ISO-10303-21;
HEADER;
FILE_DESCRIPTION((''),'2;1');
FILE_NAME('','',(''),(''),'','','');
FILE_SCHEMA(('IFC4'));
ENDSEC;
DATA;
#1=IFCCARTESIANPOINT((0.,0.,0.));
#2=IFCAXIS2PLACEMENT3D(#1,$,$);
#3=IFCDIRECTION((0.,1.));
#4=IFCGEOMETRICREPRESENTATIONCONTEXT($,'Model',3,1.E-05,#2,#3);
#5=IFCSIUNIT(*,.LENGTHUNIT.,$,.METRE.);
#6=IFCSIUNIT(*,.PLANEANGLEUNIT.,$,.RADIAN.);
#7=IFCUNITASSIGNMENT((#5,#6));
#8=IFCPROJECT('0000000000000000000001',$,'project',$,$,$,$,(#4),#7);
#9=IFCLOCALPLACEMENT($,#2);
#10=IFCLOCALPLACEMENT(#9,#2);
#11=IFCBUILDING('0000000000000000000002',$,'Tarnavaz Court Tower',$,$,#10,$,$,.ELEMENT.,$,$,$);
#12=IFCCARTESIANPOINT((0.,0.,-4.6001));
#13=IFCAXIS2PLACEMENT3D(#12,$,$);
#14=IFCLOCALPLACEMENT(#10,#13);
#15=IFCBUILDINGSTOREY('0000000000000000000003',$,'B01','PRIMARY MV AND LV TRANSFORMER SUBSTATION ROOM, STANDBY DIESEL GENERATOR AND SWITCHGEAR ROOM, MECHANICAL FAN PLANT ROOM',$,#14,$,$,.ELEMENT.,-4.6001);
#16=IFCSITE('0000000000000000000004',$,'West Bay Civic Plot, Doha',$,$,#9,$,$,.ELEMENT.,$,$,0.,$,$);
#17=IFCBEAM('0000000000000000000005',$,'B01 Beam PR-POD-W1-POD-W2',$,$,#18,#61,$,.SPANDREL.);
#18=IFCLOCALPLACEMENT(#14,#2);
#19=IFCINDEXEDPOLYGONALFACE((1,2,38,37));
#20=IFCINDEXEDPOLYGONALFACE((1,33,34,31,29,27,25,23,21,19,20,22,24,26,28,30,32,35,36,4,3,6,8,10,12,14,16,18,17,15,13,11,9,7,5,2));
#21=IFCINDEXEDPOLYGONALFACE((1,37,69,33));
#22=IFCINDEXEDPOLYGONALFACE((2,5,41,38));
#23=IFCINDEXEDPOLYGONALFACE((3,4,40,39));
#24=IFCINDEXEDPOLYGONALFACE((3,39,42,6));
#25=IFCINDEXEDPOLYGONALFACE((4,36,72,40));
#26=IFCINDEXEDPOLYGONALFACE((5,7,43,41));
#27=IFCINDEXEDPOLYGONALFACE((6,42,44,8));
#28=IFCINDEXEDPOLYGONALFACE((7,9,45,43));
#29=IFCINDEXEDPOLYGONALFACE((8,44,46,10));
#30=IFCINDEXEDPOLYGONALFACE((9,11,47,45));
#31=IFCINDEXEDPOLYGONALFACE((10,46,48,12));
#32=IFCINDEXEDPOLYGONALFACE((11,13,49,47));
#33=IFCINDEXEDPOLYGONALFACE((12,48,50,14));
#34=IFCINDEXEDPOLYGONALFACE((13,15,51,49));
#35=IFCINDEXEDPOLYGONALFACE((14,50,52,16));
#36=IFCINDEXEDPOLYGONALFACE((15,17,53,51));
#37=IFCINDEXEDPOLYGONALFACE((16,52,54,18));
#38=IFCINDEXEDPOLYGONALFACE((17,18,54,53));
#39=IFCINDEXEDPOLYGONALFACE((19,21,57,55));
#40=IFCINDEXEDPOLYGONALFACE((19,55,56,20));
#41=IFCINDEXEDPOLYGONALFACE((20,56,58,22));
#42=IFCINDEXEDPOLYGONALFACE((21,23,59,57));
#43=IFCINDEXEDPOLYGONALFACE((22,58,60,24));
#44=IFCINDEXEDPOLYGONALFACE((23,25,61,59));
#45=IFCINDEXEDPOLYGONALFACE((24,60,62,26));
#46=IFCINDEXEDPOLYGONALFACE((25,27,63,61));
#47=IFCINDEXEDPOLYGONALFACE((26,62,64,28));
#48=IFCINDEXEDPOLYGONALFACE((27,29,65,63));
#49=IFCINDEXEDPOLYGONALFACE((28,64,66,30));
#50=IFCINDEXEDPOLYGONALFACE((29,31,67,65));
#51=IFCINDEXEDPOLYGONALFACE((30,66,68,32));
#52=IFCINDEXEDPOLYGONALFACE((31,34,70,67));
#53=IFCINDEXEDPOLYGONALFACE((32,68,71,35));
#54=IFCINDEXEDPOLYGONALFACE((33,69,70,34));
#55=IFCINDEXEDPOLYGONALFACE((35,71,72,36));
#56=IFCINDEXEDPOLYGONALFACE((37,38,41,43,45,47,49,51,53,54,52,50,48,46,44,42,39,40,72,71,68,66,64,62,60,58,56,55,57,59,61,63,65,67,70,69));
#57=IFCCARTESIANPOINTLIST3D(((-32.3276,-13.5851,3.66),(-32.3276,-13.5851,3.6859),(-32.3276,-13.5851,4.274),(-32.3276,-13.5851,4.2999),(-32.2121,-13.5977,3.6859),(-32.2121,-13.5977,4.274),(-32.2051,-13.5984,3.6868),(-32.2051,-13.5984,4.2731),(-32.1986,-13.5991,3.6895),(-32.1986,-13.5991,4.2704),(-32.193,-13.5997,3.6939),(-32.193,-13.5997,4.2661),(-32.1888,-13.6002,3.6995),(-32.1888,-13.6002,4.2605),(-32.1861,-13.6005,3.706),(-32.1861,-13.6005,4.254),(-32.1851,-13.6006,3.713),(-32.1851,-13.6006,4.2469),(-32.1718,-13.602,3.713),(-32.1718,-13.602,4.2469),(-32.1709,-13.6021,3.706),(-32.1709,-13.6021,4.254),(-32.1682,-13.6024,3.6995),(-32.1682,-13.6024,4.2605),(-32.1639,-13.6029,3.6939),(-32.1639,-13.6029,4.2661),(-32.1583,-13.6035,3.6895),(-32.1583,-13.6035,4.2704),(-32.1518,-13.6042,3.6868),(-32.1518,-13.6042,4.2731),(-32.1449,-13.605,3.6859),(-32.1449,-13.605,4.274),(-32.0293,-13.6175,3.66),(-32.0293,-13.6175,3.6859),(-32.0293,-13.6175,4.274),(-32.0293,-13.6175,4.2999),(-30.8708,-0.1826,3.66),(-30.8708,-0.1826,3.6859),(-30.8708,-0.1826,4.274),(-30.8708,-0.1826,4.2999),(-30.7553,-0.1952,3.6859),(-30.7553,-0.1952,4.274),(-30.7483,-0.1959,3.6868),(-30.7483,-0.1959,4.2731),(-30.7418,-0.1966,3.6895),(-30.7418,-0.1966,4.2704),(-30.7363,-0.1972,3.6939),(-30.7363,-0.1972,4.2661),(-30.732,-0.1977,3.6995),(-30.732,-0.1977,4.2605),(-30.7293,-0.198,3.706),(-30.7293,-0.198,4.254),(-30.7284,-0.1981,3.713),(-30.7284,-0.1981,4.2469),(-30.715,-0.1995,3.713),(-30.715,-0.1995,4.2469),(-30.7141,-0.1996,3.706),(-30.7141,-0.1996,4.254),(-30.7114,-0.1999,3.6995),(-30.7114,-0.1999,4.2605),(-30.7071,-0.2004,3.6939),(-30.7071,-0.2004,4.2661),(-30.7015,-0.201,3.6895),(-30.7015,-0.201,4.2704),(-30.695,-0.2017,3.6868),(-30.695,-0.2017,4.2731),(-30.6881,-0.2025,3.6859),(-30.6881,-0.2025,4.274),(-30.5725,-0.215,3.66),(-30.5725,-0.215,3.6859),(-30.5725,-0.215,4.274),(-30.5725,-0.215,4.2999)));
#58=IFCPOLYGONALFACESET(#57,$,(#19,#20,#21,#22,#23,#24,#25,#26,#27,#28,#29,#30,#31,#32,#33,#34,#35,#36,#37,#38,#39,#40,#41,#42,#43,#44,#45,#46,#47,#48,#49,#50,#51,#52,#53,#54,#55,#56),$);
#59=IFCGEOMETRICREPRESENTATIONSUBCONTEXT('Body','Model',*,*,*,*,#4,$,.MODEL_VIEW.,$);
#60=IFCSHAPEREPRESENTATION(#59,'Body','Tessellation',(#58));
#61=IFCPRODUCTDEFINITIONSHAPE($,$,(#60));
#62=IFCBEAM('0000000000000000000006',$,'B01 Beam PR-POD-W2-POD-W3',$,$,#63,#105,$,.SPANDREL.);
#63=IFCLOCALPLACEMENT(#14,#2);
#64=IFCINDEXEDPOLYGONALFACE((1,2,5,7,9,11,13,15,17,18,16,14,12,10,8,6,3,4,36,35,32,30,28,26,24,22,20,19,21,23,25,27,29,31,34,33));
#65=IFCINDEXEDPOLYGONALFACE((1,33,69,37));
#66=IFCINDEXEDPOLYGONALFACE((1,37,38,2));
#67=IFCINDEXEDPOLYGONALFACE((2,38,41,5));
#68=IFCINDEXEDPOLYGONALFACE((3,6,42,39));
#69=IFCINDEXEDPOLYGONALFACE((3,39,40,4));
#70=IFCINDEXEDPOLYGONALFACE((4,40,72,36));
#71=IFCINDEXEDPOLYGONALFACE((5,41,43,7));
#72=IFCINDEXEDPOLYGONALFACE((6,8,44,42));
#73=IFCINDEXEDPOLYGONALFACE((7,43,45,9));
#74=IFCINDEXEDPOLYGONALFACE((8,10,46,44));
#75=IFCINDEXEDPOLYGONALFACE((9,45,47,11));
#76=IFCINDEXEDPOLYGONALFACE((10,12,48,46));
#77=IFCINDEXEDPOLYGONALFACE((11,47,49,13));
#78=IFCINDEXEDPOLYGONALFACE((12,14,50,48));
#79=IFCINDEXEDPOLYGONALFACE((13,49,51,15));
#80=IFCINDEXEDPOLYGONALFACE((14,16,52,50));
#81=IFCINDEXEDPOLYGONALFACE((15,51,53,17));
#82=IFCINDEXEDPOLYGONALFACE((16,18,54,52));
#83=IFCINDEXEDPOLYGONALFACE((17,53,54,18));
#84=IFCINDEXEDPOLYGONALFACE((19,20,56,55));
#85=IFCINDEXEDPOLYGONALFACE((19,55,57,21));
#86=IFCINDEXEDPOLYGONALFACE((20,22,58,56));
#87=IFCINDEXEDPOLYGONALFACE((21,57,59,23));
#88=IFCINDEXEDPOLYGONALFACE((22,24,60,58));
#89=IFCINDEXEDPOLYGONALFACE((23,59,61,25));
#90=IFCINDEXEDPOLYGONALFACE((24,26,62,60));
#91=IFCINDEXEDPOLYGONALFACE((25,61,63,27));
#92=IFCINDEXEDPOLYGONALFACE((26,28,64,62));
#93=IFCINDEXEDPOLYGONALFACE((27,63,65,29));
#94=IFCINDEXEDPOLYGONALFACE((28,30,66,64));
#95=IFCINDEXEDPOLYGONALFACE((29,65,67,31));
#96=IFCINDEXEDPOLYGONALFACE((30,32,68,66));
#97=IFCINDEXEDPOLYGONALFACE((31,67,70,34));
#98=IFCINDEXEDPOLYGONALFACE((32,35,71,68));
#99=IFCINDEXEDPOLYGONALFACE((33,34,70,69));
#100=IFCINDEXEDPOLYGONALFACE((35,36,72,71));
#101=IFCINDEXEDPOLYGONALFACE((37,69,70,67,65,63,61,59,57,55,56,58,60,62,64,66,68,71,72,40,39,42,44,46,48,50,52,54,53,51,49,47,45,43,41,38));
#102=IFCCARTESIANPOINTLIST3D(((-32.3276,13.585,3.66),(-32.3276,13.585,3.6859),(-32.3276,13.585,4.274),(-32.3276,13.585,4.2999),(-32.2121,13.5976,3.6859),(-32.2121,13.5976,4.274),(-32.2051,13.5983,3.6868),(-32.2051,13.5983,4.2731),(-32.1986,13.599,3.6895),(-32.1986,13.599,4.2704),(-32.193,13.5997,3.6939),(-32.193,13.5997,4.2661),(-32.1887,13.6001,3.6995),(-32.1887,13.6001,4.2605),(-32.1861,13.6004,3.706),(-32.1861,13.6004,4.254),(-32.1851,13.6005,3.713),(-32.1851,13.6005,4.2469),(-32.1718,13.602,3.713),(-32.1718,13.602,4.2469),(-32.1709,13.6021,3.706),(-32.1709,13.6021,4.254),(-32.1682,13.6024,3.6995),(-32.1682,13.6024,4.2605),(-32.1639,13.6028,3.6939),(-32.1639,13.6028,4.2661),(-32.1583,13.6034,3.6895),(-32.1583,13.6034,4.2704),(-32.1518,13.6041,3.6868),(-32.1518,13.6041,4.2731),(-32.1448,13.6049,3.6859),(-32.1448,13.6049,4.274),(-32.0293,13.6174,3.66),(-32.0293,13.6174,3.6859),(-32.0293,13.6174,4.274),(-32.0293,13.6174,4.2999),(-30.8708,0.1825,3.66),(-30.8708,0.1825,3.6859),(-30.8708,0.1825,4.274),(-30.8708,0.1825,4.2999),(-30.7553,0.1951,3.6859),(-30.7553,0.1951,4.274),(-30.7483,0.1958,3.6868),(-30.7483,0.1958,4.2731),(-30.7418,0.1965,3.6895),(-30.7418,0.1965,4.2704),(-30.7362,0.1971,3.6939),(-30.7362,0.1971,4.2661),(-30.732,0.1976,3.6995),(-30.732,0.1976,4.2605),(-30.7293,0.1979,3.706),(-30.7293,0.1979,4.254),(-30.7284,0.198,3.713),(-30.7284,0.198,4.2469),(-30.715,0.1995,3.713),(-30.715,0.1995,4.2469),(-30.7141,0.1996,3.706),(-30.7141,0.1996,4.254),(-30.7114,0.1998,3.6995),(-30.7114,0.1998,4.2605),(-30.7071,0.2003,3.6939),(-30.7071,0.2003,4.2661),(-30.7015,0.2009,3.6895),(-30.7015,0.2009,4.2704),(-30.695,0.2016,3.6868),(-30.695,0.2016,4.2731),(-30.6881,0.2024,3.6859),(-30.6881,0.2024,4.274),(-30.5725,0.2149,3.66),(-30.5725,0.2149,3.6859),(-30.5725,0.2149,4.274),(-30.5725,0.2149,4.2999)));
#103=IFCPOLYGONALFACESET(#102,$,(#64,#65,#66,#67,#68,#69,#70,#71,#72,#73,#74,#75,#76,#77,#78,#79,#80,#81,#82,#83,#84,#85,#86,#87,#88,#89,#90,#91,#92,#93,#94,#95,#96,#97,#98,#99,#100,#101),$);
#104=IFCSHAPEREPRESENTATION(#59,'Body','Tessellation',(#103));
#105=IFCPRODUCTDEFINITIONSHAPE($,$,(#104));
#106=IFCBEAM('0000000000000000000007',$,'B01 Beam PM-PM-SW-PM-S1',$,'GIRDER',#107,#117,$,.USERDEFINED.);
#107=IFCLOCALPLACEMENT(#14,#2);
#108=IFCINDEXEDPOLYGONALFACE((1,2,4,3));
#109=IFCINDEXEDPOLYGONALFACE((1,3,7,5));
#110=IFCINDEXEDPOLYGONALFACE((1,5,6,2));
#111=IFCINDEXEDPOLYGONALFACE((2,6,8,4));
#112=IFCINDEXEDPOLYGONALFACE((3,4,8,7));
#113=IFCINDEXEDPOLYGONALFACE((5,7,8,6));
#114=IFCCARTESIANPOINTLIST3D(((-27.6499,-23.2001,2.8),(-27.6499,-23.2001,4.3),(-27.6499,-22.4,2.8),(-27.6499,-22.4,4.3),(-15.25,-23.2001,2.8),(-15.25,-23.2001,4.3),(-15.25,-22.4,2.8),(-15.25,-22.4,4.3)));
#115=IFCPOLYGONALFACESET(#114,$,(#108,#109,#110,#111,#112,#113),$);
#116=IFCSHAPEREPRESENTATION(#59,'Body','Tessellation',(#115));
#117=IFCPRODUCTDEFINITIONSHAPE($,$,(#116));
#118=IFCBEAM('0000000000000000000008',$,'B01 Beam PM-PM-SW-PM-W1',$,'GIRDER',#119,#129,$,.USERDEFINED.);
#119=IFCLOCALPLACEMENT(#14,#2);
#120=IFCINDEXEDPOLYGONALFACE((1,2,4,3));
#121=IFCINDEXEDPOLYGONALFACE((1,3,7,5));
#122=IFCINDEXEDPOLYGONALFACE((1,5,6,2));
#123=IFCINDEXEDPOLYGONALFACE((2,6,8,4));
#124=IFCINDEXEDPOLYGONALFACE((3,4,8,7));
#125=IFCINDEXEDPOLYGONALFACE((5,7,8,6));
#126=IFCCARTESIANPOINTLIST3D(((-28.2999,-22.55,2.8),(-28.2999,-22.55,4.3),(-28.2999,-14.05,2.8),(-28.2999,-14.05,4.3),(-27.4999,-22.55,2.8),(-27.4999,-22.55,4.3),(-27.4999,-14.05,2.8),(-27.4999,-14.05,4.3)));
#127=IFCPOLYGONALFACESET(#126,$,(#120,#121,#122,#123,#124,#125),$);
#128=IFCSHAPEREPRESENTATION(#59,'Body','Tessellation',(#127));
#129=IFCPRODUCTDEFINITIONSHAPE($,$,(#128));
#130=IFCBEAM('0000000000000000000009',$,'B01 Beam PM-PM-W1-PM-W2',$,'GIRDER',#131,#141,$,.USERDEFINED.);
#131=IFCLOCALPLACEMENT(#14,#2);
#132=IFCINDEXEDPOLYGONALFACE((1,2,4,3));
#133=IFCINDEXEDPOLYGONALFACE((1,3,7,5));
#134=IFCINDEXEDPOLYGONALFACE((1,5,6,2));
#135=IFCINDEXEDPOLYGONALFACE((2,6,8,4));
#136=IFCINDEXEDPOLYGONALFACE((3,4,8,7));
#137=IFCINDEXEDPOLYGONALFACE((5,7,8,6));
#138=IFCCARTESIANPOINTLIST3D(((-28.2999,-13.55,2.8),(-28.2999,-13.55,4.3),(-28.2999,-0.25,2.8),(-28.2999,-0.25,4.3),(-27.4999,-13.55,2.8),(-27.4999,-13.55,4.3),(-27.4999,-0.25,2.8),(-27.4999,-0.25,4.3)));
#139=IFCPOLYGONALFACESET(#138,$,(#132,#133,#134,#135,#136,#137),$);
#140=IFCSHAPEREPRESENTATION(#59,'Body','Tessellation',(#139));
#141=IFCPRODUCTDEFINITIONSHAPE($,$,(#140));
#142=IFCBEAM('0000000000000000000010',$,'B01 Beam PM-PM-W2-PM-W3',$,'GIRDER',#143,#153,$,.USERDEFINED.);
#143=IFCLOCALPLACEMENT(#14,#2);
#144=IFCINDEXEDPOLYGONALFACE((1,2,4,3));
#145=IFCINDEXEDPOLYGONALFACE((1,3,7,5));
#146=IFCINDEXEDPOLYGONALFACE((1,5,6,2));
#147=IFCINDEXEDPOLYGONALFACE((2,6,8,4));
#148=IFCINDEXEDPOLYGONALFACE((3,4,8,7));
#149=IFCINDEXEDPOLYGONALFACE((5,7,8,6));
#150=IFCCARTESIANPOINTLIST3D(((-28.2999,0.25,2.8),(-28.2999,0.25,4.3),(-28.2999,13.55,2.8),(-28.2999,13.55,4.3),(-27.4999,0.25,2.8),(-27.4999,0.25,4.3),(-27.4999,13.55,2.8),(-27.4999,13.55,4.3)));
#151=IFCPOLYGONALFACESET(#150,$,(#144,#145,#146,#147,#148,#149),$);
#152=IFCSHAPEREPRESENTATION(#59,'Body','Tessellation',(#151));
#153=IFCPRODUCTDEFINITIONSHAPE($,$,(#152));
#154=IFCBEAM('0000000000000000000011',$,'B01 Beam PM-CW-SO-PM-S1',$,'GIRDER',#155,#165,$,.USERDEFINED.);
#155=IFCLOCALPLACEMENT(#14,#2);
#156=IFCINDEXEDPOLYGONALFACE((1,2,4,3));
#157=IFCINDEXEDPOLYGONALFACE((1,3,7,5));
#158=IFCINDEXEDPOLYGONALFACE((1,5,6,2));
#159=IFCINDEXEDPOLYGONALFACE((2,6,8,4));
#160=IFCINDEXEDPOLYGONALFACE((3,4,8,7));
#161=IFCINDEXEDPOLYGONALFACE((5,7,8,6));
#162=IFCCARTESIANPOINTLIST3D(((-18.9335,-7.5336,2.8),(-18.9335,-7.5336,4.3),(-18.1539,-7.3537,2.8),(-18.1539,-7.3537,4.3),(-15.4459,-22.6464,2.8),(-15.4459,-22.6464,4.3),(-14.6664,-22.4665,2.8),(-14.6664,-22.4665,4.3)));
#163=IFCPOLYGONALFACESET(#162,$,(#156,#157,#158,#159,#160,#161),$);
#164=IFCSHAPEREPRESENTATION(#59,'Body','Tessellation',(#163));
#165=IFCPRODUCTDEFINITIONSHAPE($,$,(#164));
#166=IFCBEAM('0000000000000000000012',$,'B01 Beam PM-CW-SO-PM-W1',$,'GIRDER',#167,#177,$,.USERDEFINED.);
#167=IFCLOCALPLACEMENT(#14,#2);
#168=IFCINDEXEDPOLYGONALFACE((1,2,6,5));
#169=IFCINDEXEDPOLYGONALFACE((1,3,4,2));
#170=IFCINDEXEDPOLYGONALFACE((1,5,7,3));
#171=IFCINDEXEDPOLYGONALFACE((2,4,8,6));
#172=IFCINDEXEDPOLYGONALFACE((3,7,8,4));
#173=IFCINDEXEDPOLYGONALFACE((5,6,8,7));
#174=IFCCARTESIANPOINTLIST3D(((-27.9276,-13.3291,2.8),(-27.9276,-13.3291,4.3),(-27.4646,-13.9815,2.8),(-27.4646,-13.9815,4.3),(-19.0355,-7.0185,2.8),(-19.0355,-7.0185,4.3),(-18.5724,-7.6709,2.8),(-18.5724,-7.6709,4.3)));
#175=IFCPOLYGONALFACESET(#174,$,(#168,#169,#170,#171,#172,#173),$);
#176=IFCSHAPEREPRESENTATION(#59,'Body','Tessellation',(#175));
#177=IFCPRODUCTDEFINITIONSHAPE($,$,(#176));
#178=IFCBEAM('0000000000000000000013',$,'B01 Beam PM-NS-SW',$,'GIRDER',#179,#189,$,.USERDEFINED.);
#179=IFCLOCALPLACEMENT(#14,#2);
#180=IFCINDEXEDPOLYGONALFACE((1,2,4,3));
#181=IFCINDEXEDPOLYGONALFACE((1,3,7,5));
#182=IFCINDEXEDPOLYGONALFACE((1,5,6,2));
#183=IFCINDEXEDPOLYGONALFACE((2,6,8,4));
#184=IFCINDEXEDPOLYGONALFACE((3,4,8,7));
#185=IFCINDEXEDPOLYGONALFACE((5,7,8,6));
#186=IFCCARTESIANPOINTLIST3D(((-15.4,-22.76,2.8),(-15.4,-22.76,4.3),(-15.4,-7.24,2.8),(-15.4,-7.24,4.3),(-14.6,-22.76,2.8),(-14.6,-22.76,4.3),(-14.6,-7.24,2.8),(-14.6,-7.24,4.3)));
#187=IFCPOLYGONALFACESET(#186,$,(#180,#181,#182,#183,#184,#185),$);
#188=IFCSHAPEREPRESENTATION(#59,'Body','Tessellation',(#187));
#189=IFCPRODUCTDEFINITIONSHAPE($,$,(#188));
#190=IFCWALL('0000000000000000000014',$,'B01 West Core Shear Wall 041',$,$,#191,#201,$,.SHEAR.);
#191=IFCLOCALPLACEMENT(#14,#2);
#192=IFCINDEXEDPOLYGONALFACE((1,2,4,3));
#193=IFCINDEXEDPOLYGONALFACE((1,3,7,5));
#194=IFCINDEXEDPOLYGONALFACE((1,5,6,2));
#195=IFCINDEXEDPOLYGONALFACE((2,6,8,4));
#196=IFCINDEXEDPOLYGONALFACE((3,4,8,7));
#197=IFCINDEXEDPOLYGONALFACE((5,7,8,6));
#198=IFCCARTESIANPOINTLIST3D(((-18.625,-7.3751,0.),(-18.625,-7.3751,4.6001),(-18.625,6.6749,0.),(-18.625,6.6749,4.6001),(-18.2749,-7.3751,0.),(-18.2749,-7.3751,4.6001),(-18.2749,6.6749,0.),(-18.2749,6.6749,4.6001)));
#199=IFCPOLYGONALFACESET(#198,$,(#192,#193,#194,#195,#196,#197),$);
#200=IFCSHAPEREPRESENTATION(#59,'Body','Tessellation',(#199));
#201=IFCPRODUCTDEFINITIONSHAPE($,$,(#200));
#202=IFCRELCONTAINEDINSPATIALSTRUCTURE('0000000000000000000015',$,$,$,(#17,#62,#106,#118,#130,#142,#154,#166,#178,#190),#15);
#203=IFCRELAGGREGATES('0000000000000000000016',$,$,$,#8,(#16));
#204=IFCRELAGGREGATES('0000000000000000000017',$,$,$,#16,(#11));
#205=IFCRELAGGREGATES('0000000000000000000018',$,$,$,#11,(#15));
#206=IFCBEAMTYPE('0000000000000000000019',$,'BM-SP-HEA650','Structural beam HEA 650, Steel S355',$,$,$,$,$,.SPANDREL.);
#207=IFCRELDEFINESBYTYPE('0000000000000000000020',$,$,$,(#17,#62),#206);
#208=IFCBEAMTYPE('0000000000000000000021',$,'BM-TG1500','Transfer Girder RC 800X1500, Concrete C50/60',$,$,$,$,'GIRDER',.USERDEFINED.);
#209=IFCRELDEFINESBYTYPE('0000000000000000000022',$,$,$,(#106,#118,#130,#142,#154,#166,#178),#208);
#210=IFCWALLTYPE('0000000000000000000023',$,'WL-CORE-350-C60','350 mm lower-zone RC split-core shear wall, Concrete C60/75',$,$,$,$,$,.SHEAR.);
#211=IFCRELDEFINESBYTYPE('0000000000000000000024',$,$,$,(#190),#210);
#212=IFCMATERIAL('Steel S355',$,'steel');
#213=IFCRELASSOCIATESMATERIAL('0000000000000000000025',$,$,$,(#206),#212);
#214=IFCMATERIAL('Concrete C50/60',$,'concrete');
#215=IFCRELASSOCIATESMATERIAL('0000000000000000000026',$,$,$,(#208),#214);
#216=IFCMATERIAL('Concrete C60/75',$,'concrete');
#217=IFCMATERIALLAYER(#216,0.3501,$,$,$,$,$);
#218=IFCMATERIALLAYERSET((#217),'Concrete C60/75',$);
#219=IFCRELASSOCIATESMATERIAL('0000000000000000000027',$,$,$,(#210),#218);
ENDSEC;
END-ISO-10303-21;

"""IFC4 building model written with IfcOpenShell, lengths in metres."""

from ifc_helpers import new_model, si_unit, direction, frame, frame_2d, origin, origin_2d, place, context, subcontext, project, spatial, rectangle, i_section, extrude, material, layer, layer_set, material_profile, profile_set, type_object, element, save


model = new_model("IFC4")

# Units and contexts
model_context = context("Model", 3, precision=1e-05, world=origin(), true_north=direction((0.0, 1.0)))
body_context = subcontext(model_context, "Body", "Model", "MODEL_VIEW")
ifc_project = project(units=[si_unit("LENGTHUNIT", "METRE"), si_unit("PLANEANGLEUNIT", "RADIAN")], contexts=[model_context])

# Site, building, storey
site_placement = place(None, origin())
site = spatial("IfcSite", under=ifc_project, at=site_placement, Name="West Bay Civic Plot, Doha", CompositionType="ELEMENT", RefElevation=0.0)
building_placement = place(site_placement, origin())
building = spatial("IfcBuilding", under=site, at=building_placement, Name="Tarnavaz Court Tower", CompositionType="ELEMENT")
storey_placement = place(building_placement, frame((0.0, 0.0, -4.6001)))
storey = spatial("IfcBuildingStorey", under=building, at=storey_placement, Name="B01", Description="PRIMARY MV AND LV TRANSFORMER SUBSTATION ROOM, STANDBY DIESEL GENERATOR AND SWITCHGEAR ROOM, MECHANICAL FAN PLANT ROOM", CompositionType="ELEMENT", Elevation=-4.6001)

# Shared definitions
ifc_material_1 = material(Name="Concrete C60/75", Category="concrete")
ifc_material_2 = material(Name="Concrete C50/60", Category="concrete")

# Beams
ifc_material_3 = material(Name="Steel S355", Category="steel")
ifc_material_profile_1 = material_profile(ifc_material_3, i_section(OverallWidth=0.3, OverallDepth=0.6399, WebThickness=0.0134, FlangeThickness=0.0259, FilletRadius=0.0271, at=origin_2d()), Name="HEA 650")
ifc_profile_set_1 = profile_set([ifc_material_profile_1], Name="Steel S355")
beam_type_1 = type_object("IfcBeamType", Name="BM-SP-HEA650", Description="Structural beam HEA 650, Steel S355", PredefinedType="SPANDREL", material=ifc_profile_set_1)
for number, where, z_axis, x_axis, name in (
    (1, (-32.1785, -13.6013, 3.98), (0.108058, 0.994145, 0.0), (-0.994145, 0.108058, 0.0), "B01 Beam PR-POD-W1-POD-W2"),
    (2, (-30.7217, 0.1987, 3.98), (-0.108058, 0.994145, 0.0), (-0.994145, -0.108058, 0.0), "B01 Beam PR-POD-W2-POD-W3"),
):
    element("IfcBeam", number, at=place(storey_placement, frame(where, z_axis=z_axis, x_axis=x_axis)), inside=storey, type_object=beam_type_1, Name=name, PredefinedType="SPANDREL", context=body_context, shape_type="SweptSolid", body=[
        extrude(i_section(OverallWidth=0.3, OverallDepth=0.6399, WebThickness=0.0134, FlangeThickness=0.0259, FilletRadius=0.0271, at=origin_2d()), origin(), (0.0, 0.0, 1.0), 13.4814),
    ])
ifc_material_profile_2 = material_profile(ifc_material_2, rectangle(XDim=0.8, YDim=1.5, at=origin_2d()), Name="RC 800X1500")
ifc_profile_set_2 = profile_set([ifc_material_profile_2], Name="Concrete C50/60")
beam_type_2 = type_object("IfcBeamType", Name="BM-TG1500", Description="Transfer Girder RC 800X1500, Concrete C50/60", ElementType="GIRDER", PredefinedType="USERDEFINED", material=ifc_profile_set_2)
beam_1_placement = place(storey_placement, frame((-27.6499, -22.8, 3.55), z_axis=(1.0, 0.0, 0.0), x_axis=(0.0, 1.0, 0.0)))
element("IfcBeam", 3, at=beam_1_placement, inside=storey, type_object=beam_type_2, Name="B01 Beam PM-PM-SW-PM-S1", ObjectType="GIRDER", PredefinedType="USERDEFINED", context=body_context, shape_type="SweptSolid", body=[
    extrude(rectangle(XDim=0.8, YDim=1.5, at=origin_2d()), origin(), (0.0, 0.0, 1.0), 12.3999),
])
beam_2_placement = place(storey_placement, frame((-27.8999, -22.55, 3.55), z_axis=(0.0, 1.0, 0.0), x_axis=(-1.0, 0.0, 0.0)))
element("IfcBeam", 4, at=beam_2_placement, inside=storey, type_object=beam_type_2, Name="B01 Beam PM-PM-SW-PM-W1", ObjectType="GIRDER", PredefinedType="USERDEFINED", context=body_context, shape_type="SweptSolid", body=[
    extrude(rectangle(XDim=0.8, YDim=1.5, at=origin_2d()), origin(), (0.0, 0.0, 1.0), 8.5),
])
for number, where, z_axis, x_axis, name in (
    (5, (-27.8999, -13.55, 3.55), (0.0, 1.0, 0.0), (-1.0, 0.0, 0.0), "B01 Beam PM-PM-W1-PM-W2"),
    (6, (-27.8999, 0.25, 3.55), (0.0, 1.0, 0.0), (-1.0, 0.0, 0.0), "B01 Beam PM-PM-W2-PM-W3"),
):
    element("IfcBeam", number, at=place(storey_placement, frame(where, z_axis=z_axis, x_axis=x_axis)), inside=storey, type_object=beam_type_2, Name=name, ObjectType="GIRDER", PredefinedType="USERDEFINED", context=body_context, shape_type="SweptSolid", body=[
        extrude(rectangle(XDim=0.8, YDim=1.5, at=origin_2d()), origin(), (0.0, 0.0, 1.0), 13.3),
    ])
beam_3_placement = place(storey_placement, frame((-18.5437, -7.4436, 3.55), z_axis=(0.224858, -0.974391, 0.0), x_axis=(0.974391, 0.224858, 0.0)))
element("IfcBeam", 7, at=beam_3_placement, inside=storey, type_object=beam_type_2, Name="B01 Beam PM-CW-SO-PM-S1", ObjectType="GIRDER", PredefinedType="USERDEFINED", context=body_context, shape_type="SweptSolid", body=[
    extrude(rectangle(XDim=0.8, YDim=1.5, at=origin_2d()), origin(), (0.0, 0.0, 1.0), 15.51),
])
beam_4_placement = place(storey_placement, frame((-18.804, -7.3447, 3.55), z_axis=(-0.815506, -0.578749, 0.0), x_axis=(0.578749, -0.815506, 0.0)))
element("IfcBeam", 8, at=beam_4_placement, inside=storey, type_object=beam_type_2, Name="B01 Beam PM-CW-SO-PM-W1", ObjectType="GIRDER", PredefinedType="USERDEFINED", context=body_context, shape_type="SweptSolid", body=[
    extrude(rectangle(XDim=0.8, YDim=1.5, at=origin_2d()), origin(), (0.0, 0.0, 1.0), 10.9038),
])
beam_5_placement = place(storey_placement, frame((-15.0, -7.24, 3.55), z_axis=(0.0, -1.0, 0.0), x_axis=(1.0, 0.0, 0.0)))
element("IfcBeam", 9, at=beam_5_placement, inside=storey, type_object=beam_type_2, Name="B01 Beam PM-NS-SW", ObjectType="GIRDER", PredefinedType="USERDEFINED", context=body_context, shape_type="SweptSolid", body=[
    extrude(rectangle(XDim=0.8, YDim=1.5, at=origin_2d()), origin(), (0.0, 0.0, 1.0), 15.52),
])

# Wall
ifc_layer_1 = layer(ifc_material_1, 0.3501)
ifc_layer_set_1 = layer_set([ifc_layer_1], Name="Concrete C60/75")
wall_type_1 = type_object("IfcWallType", Name="WL-CORE-350-C60", Description="350 mm lower-zone RC split-core shear wall, Concrete C60/75", PredefinedType="SHEAR", material=ifc_layer_set_1)
wall_1_placement = place(storey_placement, frame((-18.45, -7.375, 0.0), z_axis=(0.0, 0.0, 1.0), x_axis=(0.0, 1.0, 0.0)))
element("IfcWall", 10, at=wall_1_placement, inside=storey, type_object=wall_type_1, Name="B01 West Core Shear Wall 041", PredefinedType="SHEAR", context=body_context, shape_type="SweptSolid", body=[
    extrude(rectangle(XDim=14.05, YDim=0.3501, at=frame_2d((7.0249, 0.0))), origin(), (0.0, 0.0, 1.0), 4.6001),
])

save(model, "model.ifc")
